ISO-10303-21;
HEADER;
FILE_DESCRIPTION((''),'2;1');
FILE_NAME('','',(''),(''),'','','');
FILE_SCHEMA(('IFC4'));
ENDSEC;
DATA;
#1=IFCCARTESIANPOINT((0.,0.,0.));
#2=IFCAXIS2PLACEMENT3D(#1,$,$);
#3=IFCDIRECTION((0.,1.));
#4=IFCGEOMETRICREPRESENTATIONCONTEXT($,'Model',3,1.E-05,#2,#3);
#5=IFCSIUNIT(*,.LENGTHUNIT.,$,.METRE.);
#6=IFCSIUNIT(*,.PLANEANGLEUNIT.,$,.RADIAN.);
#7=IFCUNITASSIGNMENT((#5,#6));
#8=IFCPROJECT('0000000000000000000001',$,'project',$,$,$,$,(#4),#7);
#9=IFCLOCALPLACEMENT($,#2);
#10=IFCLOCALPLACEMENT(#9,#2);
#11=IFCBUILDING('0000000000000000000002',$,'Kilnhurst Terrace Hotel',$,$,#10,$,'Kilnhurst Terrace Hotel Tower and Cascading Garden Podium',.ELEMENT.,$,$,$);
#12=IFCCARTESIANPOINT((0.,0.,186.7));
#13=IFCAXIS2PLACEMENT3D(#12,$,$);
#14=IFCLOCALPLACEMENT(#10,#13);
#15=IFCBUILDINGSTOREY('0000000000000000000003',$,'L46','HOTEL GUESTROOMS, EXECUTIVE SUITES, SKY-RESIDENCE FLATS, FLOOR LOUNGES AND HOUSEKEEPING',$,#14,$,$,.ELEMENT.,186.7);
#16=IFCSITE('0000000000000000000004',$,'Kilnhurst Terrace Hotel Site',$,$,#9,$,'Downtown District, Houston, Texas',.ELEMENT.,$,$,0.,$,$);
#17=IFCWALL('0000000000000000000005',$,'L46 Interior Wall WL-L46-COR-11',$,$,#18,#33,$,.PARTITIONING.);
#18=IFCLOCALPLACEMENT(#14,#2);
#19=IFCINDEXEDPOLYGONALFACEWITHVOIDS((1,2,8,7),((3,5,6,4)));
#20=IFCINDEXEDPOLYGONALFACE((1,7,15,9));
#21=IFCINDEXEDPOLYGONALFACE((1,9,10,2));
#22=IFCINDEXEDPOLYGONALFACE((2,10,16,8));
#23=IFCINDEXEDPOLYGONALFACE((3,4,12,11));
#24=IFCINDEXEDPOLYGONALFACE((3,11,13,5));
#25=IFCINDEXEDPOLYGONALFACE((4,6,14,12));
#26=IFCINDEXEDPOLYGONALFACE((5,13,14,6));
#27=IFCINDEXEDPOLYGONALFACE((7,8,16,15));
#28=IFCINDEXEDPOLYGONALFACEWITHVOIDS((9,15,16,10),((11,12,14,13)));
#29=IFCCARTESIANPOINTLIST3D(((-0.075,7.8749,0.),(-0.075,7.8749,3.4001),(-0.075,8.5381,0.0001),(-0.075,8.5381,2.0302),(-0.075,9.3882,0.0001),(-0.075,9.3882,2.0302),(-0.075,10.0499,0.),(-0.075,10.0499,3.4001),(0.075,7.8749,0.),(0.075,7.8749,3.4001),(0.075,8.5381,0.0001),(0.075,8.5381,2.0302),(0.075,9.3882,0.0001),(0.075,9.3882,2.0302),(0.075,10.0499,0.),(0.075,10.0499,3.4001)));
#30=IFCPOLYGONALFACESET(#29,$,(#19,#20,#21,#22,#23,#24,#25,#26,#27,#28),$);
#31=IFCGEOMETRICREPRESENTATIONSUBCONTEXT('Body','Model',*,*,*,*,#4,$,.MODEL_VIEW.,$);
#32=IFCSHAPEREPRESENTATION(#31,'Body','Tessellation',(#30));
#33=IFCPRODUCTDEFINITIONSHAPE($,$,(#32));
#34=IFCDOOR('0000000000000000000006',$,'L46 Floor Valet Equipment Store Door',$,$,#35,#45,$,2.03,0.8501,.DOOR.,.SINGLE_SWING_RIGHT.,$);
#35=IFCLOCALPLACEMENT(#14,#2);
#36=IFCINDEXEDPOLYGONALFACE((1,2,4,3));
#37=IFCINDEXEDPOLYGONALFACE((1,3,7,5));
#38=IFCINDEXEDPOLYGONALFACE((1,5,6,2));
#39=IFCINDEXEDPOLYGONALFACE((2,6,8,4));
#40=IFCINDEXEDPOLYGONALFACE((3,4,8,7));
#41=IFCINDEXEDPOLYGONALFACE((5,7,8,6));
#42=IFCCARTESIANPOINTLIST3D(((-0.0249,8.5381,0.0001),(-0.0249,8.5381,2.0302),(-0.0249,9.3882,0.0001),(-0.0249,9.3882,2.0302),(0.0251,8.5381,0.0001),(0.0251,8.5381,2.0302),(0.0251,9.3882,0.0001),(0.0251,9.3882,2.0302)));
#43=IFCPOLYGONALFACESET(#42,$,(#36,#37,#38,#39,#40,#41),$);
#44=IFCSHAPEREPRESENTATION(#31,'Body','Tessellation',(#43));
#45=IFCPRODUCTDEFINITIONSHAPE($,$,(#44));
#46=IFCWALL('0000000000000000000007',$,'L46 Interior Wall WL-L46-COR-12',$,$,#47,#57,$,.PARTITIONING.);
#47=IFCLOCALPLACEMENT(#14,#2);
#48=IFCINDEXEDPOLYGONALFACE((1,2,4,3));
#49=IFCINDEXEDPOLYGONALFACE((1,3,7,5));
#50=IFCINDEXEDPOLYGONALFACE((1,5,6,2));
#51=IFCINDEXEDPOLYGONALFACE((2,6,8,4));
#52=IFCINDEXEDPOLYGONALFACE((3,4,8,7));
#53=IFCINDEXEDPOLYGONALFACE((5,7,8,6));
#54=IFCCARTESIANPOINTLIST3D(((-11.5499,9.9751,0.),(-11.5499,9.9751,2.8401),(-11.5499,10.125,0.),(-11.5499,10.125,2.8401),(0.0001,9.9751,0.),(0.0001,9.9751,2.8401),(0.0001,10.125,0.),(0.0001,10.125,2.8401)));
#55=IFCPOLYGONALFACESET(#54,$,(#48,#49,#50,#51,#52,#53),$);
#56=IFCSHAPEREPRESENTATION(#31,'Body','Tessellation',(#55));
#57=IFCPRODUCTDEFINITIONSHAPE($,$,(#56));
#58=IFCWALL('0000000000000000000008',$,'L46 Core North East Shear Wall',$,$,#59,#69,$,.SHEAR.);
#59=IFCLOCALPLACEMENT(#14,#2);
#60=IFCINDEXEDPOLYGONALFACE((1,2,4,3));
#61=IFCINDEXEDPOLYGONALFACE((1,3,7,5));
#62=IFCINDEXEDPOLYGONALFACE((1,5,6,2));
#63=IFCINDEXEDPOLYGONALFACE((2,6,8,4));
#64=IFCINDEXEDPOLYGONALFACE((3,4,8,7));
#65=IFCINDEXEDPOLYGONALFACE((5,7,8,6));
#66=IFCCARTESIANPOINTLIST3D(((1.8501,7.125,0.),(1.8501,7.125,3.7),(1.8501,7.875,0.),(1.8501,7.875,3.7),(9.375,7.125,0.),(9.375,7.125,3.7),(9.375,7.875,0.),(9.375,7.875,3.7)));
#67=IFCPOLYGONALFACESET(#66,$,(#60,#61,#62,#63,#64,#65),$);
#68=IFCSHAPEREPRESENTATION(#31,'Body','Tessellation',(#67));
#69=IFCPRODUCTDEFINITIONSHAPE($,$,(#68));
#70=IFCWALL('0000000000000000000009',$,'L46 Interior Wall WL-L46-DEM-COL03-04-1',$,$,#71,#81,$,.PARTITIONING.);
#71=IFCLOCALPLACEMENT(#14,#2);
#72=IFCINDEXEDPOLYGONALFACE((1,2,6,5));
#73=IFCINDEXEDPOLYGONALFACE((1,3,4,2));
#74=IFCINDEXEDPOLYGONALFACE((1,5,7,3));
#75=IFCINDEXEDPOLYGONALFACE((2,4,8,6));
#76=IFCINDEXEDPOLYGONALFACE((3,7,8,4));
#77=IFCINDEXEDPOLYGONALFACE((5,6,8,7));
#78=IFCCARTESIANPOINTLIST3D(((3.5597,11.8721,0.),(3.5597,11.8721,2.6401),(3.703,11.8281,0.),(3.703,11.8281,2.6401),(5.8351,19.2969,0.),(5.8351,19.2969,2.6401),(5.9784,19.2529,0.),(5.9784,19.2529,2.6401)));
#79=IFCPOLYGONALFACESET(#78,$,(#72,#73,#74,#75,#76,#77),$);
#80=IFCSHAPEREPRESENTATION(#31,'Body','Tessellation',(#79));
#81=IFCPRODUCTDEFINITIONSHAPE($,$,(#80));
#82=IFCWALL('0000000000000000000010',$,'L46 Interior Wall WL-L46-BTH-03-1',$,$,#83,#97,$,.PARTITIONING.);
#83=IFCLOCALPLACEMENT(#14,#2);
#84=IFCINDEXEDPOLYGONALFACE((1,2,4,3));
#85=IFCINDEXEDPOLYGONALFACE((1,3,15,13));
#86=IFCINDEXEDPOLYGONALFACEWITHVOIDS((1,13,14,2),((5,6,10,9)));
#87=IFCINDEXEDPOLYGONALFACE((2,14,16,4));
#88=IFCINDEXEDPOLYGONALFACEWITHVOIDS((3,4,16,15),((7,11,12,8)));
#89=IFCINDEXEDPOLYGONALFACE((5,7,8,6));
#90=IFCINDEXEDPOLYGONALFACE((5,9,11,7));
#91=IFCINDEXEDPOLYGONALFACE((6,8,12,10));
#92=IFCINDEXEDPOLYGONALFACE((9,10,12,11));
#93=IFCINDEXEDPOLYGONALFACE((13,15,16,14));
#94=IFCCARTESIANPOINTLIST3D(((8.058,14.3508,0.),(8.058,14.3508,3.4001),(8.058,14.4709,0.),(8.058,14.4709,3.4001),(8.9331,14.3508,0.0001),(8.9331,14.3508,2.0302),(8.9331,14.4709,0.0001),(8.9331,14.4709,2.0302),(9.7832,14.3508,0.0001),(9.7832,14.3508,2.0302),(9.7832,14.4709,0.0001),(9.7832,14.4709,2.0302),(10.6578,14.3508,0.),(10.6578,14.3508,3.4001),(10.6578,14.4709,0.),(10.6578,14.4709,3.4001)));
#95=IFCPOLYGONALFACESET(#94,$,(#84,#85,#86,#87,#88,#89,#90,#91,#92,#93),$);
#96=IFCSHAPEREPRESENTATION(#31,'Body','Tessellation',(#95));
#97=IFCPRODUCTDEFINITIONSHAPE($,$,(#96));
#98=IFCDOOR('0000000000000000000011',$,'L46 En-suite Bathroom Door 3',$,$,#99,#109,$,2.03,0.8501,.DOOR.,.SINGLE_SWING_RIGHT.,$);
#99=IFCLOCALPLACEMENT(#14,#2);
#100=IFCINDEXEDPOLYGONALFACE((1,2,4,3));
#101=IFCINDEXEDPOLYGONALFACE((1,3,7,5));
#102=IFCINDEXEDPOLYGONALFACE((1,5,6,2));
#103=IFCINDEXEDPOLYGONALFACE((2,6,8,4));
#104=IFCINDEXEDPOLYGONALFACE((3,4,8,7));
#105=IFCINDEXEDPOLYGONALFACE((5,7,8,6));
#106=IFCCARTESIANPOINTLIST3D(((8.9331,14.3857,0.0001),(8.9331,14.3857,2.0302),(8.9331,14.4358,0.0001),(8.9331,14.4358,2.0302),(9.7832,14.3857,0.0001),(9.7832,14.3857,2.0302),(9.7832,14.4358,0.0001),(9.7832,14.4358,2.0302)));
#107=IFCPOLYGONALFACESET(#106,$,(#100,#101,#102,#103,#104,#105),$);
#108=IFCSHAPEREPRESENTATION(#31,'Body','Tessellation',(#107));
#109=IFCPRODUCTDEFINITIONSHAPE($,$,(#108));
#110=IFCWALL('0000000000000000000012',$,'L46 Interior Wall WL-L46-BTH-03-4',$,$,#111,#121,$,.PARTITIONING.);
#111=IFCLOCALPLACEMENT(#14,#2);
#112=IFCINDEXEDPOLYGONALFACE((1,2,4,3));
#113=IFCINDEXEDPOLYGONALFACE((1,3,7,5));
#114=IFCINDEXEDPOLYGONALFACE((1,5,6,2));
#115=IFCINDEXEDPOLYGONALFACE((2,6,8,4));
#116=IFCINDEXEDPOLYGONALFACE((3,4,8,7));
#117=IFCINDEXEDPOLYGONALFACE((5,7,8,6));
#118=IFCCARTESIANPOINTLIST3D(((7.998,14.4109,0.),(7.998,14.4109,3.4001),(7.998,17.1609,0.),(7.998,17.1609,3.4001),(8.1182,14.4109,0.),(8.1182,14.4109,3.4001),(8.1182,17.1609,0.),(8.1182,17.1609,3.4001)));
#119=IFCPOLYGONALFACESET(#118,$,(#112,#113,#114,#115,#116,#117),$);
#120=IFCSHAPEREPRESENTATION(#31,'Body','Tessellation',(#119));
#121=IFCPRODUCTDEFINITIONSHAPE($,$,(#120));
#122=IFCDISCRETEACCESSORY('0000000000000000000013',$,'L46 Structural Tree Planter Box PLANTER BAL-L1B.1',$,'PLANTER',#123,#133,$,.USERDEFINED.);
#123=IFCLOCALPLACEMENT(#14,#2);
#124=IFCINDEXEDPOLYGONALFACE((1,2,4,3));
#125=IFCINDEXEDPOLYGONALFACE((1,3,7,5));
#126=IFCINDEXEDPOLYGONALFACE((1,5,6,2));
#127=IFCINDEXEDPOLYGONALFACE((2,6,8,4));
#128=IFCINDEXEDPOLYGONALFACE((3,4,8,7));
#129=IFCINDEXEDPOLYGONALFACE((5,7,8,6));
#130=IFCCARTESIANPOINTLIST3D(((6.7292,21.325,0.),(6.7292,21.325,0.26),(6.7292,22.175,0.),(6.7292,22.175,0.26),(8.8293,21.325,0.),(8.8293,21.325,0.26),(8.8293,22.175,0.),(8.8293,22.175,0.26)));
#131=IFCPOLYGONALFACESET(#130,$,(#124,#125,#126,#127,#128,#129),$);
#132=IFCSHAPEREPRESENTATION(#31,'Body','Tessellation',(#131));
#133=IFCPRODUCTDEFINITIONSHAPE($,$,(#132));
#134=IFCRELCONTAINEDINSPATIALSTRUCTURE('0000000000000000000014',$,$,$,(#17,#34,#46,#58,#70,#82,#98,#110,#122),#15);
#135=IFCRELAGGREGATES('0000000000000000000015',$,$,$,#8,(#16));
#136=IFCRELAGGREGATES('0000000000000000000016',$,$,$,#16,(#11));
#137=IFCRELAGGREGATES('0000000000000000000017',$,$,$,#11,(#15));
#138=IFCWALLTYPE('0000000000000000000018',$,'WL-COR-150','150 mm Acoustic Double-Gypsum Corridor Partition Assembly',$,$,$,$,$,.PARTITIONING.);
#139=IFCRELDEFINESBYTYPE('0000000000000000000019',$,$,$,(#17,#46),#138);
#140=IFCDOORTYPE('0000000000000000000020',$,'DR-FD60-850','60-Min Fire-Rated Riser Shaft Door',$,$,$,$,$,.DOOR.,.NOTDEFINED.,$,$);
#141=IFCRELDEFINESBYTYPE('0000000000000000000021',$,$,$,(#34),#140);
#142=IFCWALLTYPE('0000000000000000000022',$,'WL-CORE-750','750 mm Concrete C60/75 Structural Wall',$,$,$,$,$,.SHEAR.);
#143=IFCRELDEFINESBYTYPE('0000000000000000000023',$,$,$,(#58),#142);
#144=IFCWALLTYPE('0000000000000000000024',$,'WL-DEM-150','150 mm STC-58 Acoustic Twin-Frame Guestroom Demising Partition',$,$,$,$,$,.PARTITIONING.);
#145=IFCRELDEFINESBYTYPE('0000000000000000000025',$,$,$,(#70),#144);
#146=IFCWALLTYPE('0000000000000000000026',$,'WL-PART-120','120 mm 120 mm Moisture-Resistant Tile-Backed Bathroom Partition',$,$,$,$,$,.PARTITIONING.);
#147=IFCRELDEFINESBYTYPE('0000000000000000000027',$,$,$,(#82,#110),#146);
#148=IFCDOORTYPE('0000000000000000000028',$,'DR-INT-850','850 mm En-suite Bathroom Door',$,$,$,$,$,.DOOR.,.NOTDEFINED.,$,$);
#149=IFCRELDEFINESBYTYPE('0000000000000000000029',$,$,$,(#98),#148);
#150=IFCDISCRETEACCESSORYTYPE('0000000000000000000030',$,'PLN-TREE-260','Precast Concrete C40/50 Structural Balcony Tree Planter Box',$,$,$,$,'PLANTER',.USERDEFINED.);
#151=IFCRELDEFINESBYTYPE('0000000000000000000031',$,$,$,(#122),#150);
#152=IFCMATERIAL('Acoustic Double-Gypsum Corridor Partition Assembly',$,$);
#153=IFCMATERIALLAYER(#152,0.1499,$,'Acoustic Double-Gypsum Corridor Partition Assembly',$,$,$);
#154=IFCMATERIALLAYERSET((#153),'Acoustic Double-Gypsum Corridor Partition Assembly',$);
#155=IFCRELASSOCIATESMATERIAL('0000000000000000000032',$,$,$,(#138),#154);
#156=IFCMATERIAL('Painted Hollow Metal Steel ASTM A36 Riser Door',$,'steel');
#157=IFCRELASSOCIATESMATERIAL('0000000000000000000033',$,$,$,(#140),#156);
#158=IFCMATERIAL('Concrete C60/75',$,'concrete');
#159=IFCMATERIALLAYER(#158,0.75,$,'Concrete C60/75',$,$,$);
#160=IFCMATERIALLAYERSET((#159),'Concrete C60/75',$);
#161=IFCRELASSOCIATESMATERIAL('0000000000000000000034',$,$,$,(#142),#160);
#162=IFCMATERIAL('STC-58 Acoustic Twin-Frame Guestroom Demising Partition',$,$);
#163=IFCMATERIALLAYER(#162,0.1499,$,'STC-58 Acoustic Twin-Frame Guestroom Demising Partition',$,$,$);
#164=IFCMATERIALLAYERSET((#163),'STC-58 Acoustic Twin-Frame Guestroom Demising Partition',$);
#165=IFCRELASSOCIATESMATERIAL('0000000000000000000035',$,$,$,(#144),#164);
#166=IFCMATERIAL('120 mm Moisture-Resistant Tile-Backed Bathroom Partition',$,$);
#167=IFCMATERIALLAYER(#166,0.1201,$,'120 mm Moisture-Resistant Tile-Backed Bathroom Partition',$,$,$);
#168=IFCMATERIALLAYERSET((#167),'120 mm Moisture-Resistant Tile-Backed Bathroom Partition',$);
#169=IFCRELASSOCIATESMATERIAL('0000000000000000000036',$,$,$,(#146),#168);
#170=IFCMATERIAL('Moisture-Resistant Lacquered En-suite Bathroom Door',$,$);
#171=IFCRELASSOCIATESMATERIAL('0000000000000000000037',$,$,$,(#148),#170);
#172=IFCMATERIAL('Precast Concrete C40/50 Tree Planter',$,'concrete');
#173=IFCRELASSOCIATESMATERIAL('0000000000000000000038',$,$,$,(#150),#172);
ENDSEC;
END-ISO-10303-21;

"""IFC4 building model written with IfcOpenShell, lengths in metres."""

from ifc_helpers import new_model, si_unit, direction, frame, frame_2d, origin, origin_2d, place, context, subcontext, project, spatial, rectangle, extrude, material, layer, layer_set, type_object, element, fill, save


model = new_model("IFC4")

# Units and contexts
model_context = context("Model", 3, precision=1e-05, world=origin(), true_north=direction((0.0, 1.0)))
body_context = subcontext(model_context, "Body", "Model", "MODEL_VIEW")
ifc_project = project(units=[si_unit("LENGTHUNIT", "METRE"), si_unit("PLANEANGLEUNIT", "RADIAN")], contexts=[model_context])

# Site, building, storey
site_placement = place(None, origin())
site = spatial("IfcSite", under=ifc_project, at=site_placement, Name="Kilnhurst Terrace Hotel Site", LongName="Downtown District, Houston, Texas", CompositionType="ELEMENT", RefElevation=0.0)
building_placement = place(site_placement, origin())
building = spatial("IfcBuilding", under=site, at=building_placement, Name="Kilnhurst Terrace Hotel", LongName="Kilnhurst Terrace Hotel Tower and Cascading Garden Podium", CompositionType="ELEMENT")
storey_placement = place(building_placement, frame((0.0, 0.0, 186.7)))
storey = spatial("IfcBuildingStorey", under=building, at=storey_placement, Name="L46", Description="HOTEL GUESTROOMS, EXECUTIVE SUITES, SKY-RESIDENCE FLATS, FLOOR LOUNGES AND HOUSEKEEPING", CompositionType="ELEMENT", Elevation=186.7)

# Shared definitions
ifc_material_1 = material(Name="Acoustic Double-Gypsum Corridor Partition Assembly")
ifc_layer_1 = layer(ifc_material_1, 0.1499, Name="Acoustic Double-Gypsum Corridor Partition Assembly")
ifc_layer_set_1 = layer_set([ifc_layer_1], Name="Acoustic Double-Gypsum Corridor Partition Assembly")
wall_type_1 = type_object("IfcWallType", Name="WL-COR-150", Description="150 mm Acoustic Double-Gypsum Corridor Partition Assembly", PredefinedType="PARTITIONING", material=ifc_layer_set_1)

# Wall, opening, door
wall_1_placement = place(storey_placement, frame((0.0, 7.875, 0.0), z_axis=(0.0, 0.0, 1.0), x_axis=(0.0, 1.0, 0.0)))
wall_1 = element("IfcWall", 1, at=wall_1_placement, inside=storey, type_object=wall_type_1, Name="L46 Interior Wall WL-L46-COR-11", PredefinedType="PARTITIONING", context=body_context, shape_type="SweptSolid", body=[
    extrude(rectangle(XDim=2.175, YDim=0.1499, at=frame_2d((1.0874, 0.0))), origin(), (0.0, 0.0, 1.0), 3.4001),
])
opening_1_placement = place(wall_1_placement, frame((0.6631, 0.0, 0.0)))
opening_1 = element("IfcOpeningElement", 2, at=opening_1_placement, cuts=wall_1, PredefinedType="OPENING", context=body_context, shape_type="SweptSolid", body=[
    extrude(rectangle(XDim=0.8501, YDim=2.03, at=frame_2d((0.425, 1.0151))), frame((0.0, 0.085, 0.0), z_axis=(0.0, -1.0, 0.0), x_axis=(1.0, 0.0, 0.0)), (0.0, 0.0, 1.0), 0.1699),
])
ifc_material_2 = material(Name="Painted Hollow Metal Steel ASTM A36 Riser Door", Category="steel")
door_type_1 = type_object("IfcDoorType", Name="DR-FD60-850", Description="60-Min Fire-Rated Riser Shaft Door", OperationType="NOTDEFINED", PredefinedType="DOOR", material=ifc_material_2)
door_1_placement = place(opening_1_placement, origin())
door_1 = element("IfcDoor", 3, at=door_1_placement, inside=storey, type_object=door_type_1, Name="L46 Floor Valet Equipment Store Door", OperationType="SINGLE_SWING_RIGHT", OverallHeight=2.03, OverallWidth=0.8501, PredefinedType="DOOR", context=body_context, shape_type="SweptSolid", body=[
    extrude(rectangle(XDim=0.8501, YDim=2.03, at=frame_2d((0.425, 1.0151))), frame((0.0, 0.0249, 0.0), z_axis=(0.0, -1.0, 0.0), x_axis=(1.0, 0.0, 0.0)), (0.0, 0.0, 1.0), 0.05),
])
fill(opening_1, door_1)

# Walls
wall_2_placement = place(storey_placement, frame((0.0, 10.05, 0.0), z_axis=(0.0, 0.0, 1.0), x_axis=(-1.0, 0.0, 0.0)))
element("IfcWall", 4, at=wall_2_placement, inside=storey, type_object=wall_type_1, Name="L46 Interior Wall WL-L46-COR-12", PredefinedType="PARTITIONING", context=body_context, shape_type="SweptSolid", body=[
    extrude(rectangle(XDim=11.55, YDim=0.1499, at=frame_2d((5.7749, 0.0))), origin(), (0.0, 0.0, 1.0), 2.8401),
])
ifc_material_3 = material(Name="Concrete C60/75", Category="concrete")
ifc_layer_2 = layer(ifc_material_3, 0.75, Name="Concrete C60/75")
ifc_layer_set_2 = layer_set([ifc_layer_2], Name="Concrete C60/75")
wall_type_2 = type_object("IfcWallType", Name="WL-CORE-750", Description="750 mm Concrete C60/75 Structural Wall", PredefinedType="SHEAR", material=ifc_layer_set_2)
wall_3_placement = place(storey_placement, frame((1.8501, 7.5, 0.0), z_axis=(0.0, 0.0, 1.0), x_axis=(1.0, 0.0, 0.0)))
element("IfcWall", 5, at=wall_3_placement, inside=storey, type_object=wall_type_2, Name="L46 Core North East Shear Wall", PredefinedType="SHEAR", context=body_context, shape_type="SweptSolid", body=[
    extrude(rectangle(XDim=7.5249, YDim=0.75, at=frame_2d((3.7625, 0.0))), origin(), (0.0, 0.0, 1.0), 3.7),
])
ifc_material_4 = material(Name="STC-58 Acoustic Twin-Frame Guestroom Demising Partition")
ifc_layer_3 = layer(ifc_material_4, 0.1499, Name="STC-58 Acoustic Twin-Frame Guestroom Demising Partition")
ifc_layer_set_3 = layer_set([ifc_layer_3], Name="STC-58 Acoustic Twin-Frame Guestroom Demising Partition")
wall_type_3 = type_object("IfcWallType", Name="WL-DEM-150", Description="150 mm STC-58 Acoustic Twin-Frame Guestroom Demising Partition", PredefinedType="PARTITIONING", material=ifc_layer_set_3)
wall_4_placement = place(storey_placement, frame((3.6313, 11.8501, 0.0), z_axis=(0.0, 0.0, 1.0), x_axis=(0.293008, 0.95611, 0.0)))
element("IfcWall", 6, at=wall_4_placement, inside=storey, type_object=wall_type_3, Name="L46 Interior Wall WL-L46-DEM-COL03-04-1", PredefinedType="PARTITIONING", context=body_context, shape_type="SweptSolid", body=[
    extrude(rectangle(XDim=7.7656, YDim=0.1499, at=frame_2d((3.8828, 0.0))), origin(), (0.0, 0.0, 1.0), 2.6401),
])

# Wall, opening, door
ifc_material_5 = material(Name="120 mm Moisture-Resistant Tile-Backed Bathroom Partition")
ifc_layer_4 = layer(ifc_material_5, 0.1201, Name="120 mm Moisture-Resistant Tile-Backed Bathroom Partition")
ifc_layer_set_4 = layer_set([ifc_layer_4], Name="120 mm Moisture-Resistant Tile-Backed Bathroom Partition")
wall_type_4 = type_object("IfcWallType", Name="WL-PART-120", Description="120 mm 120 mm Moisture-Resistant Tile-Backed Bathroom Partition", PredefinedType="PARTITIONING", material=ifc_layer_set_4)
wall_5_placement = place(storey_placement, frame((8.0581, 14.4109, 0.0), z_axis=(0.0, 0.0, 1.0), x_axis=(1.0, 0.0, 0.0)))
wall_5 = element("IfcWall", 7, at=wall_5_placement, inside=storey, type_object=wall_type_4, Name="L46 Interior Wall WL-L46-BTH-03-1", PredefinedType="PARTITIONING", context=body_context, shape_type="SweptSolid", body=[
    extrude(rectangle(XDim=2.5999, YDim=0.1201, at=frame_2d((1.2998, 0.0))), origin(), (0.0, 0.0, 1.0), 3.4001),
])
opening_2_placement = place(wall_5_placement, frame((0.875, 0.0, 0.0)))
opening_2 = element("IfcOpeningElement", 8, at=opening_2_placement, cuts=wall_5, PredefinedType="OPENING", context=body_context, shape_type="SweptSolid", body=[
    extrude(rectangle(XDim=0.8501, YDim=2.03, at=frame_2d((0.425, 1.0151))), frame((0.0, 0.0701, 0.0), z_axis=(0.0, -1.0, 0.0), x_axis=(1.0, 0.0, 0.0)), (0.0, 0.0, 1.0), 0.1401),
])
ifc_material_6 = material(Name="Moisture-Resistant Lacquered En-suite Bathroom Door")
door_type_2 = type_object("IfcDoorType", Name="DR-INT-850", Description="850 mm En-suite Bathroom Door", OperationType="NOTDEFINED", PredefinedType="DOOR", material=ifc_material_6)
door_2_placement = place(opening_2_placement, origin())
door_2 = element("IfcDoor", 9, at=door_2_placement, inside=storey, type_object=door_type_2, Name="L46 En-suite Bathroom Door 3", OperationType="SINGLE_SWING_RIGHT", OverallHeight=2.03, OverallWidth=0.8501, PredefinedType="DOOR", context=body_context, shape_type="SweptSolid", body=[
    extrude(rectangle(XDim=0.8501, YDim=2.03, at=frame_2d((0.425, 1.0151))), frame((0.0, 0.0249, 0.0), z_axis=(0.0, -1.0, 0.0), x_axis=(1.0, 0.0, 0.0)), (0.0, 0.0, 1.0), 0.05),
])
fill(opening_2, door_2)

# Wall
wall_6_placement = place(storey_placement, frame((8.0581, 17.1609, 0.0), z_axis=(0.0, 0.0, 1.0), x_axis=(0.0, -1.0, 0.0)))
element("IfcWall", 10, at=wall_6_placement, inside=storey, type_object=wall_type_4, Name="L46 Interior Wall WL-L46-BTH-03-4", PredefinedType="PARTITIONING", context=body_context, shape_type="SweptSolid", body=[
    extrude(rectangle(XDim=2.75, YDim=0.1201, at=frame_2d((1.375, 0.0))), origin(), (0.0, 0.0, 1.0), 3.4001),
])

# Discrete accessory
ifc_material_7 = material(Name="Precast Concrete C40/50 Tree Planter", Category="concrete")
discrete_accessory_type = type_object("IfcDiscreteAccessoryType", Name="PLN-TREE-260", Description="Precast Concrete C40/50 Structural Balcony Tree Planter Box", ElementType="PLANTER", PredefinedType="USERDEFINED", material=ifc_material_7)
discrete_accessory_placement = place(storey_placement, frame((7.7793, 21.75, 0.0), z_axis=(0.0, 0.0, 1.0), x_axis=(-1.0, 0.0, 0.0)))
element("IfcDiscreteAccessory", 11, at=discrete_accessory_placement, inside=storey, type_object=discrete_accessory_type, Name="L46 Structural Tree Planter Box PLANTER BAL-L1B.1", ObjectType="PLANTER", PredefinedType="USERDEFINED", context=body_context, shape_type="SweptSolid", body=[
    extrude(rectangle(XDim=2.1001, YDim=0.8501, at=origin_2d()), origin(), (0.0, 0.0, 1.0), 0.26),
])

save(model, "model.ifc")
